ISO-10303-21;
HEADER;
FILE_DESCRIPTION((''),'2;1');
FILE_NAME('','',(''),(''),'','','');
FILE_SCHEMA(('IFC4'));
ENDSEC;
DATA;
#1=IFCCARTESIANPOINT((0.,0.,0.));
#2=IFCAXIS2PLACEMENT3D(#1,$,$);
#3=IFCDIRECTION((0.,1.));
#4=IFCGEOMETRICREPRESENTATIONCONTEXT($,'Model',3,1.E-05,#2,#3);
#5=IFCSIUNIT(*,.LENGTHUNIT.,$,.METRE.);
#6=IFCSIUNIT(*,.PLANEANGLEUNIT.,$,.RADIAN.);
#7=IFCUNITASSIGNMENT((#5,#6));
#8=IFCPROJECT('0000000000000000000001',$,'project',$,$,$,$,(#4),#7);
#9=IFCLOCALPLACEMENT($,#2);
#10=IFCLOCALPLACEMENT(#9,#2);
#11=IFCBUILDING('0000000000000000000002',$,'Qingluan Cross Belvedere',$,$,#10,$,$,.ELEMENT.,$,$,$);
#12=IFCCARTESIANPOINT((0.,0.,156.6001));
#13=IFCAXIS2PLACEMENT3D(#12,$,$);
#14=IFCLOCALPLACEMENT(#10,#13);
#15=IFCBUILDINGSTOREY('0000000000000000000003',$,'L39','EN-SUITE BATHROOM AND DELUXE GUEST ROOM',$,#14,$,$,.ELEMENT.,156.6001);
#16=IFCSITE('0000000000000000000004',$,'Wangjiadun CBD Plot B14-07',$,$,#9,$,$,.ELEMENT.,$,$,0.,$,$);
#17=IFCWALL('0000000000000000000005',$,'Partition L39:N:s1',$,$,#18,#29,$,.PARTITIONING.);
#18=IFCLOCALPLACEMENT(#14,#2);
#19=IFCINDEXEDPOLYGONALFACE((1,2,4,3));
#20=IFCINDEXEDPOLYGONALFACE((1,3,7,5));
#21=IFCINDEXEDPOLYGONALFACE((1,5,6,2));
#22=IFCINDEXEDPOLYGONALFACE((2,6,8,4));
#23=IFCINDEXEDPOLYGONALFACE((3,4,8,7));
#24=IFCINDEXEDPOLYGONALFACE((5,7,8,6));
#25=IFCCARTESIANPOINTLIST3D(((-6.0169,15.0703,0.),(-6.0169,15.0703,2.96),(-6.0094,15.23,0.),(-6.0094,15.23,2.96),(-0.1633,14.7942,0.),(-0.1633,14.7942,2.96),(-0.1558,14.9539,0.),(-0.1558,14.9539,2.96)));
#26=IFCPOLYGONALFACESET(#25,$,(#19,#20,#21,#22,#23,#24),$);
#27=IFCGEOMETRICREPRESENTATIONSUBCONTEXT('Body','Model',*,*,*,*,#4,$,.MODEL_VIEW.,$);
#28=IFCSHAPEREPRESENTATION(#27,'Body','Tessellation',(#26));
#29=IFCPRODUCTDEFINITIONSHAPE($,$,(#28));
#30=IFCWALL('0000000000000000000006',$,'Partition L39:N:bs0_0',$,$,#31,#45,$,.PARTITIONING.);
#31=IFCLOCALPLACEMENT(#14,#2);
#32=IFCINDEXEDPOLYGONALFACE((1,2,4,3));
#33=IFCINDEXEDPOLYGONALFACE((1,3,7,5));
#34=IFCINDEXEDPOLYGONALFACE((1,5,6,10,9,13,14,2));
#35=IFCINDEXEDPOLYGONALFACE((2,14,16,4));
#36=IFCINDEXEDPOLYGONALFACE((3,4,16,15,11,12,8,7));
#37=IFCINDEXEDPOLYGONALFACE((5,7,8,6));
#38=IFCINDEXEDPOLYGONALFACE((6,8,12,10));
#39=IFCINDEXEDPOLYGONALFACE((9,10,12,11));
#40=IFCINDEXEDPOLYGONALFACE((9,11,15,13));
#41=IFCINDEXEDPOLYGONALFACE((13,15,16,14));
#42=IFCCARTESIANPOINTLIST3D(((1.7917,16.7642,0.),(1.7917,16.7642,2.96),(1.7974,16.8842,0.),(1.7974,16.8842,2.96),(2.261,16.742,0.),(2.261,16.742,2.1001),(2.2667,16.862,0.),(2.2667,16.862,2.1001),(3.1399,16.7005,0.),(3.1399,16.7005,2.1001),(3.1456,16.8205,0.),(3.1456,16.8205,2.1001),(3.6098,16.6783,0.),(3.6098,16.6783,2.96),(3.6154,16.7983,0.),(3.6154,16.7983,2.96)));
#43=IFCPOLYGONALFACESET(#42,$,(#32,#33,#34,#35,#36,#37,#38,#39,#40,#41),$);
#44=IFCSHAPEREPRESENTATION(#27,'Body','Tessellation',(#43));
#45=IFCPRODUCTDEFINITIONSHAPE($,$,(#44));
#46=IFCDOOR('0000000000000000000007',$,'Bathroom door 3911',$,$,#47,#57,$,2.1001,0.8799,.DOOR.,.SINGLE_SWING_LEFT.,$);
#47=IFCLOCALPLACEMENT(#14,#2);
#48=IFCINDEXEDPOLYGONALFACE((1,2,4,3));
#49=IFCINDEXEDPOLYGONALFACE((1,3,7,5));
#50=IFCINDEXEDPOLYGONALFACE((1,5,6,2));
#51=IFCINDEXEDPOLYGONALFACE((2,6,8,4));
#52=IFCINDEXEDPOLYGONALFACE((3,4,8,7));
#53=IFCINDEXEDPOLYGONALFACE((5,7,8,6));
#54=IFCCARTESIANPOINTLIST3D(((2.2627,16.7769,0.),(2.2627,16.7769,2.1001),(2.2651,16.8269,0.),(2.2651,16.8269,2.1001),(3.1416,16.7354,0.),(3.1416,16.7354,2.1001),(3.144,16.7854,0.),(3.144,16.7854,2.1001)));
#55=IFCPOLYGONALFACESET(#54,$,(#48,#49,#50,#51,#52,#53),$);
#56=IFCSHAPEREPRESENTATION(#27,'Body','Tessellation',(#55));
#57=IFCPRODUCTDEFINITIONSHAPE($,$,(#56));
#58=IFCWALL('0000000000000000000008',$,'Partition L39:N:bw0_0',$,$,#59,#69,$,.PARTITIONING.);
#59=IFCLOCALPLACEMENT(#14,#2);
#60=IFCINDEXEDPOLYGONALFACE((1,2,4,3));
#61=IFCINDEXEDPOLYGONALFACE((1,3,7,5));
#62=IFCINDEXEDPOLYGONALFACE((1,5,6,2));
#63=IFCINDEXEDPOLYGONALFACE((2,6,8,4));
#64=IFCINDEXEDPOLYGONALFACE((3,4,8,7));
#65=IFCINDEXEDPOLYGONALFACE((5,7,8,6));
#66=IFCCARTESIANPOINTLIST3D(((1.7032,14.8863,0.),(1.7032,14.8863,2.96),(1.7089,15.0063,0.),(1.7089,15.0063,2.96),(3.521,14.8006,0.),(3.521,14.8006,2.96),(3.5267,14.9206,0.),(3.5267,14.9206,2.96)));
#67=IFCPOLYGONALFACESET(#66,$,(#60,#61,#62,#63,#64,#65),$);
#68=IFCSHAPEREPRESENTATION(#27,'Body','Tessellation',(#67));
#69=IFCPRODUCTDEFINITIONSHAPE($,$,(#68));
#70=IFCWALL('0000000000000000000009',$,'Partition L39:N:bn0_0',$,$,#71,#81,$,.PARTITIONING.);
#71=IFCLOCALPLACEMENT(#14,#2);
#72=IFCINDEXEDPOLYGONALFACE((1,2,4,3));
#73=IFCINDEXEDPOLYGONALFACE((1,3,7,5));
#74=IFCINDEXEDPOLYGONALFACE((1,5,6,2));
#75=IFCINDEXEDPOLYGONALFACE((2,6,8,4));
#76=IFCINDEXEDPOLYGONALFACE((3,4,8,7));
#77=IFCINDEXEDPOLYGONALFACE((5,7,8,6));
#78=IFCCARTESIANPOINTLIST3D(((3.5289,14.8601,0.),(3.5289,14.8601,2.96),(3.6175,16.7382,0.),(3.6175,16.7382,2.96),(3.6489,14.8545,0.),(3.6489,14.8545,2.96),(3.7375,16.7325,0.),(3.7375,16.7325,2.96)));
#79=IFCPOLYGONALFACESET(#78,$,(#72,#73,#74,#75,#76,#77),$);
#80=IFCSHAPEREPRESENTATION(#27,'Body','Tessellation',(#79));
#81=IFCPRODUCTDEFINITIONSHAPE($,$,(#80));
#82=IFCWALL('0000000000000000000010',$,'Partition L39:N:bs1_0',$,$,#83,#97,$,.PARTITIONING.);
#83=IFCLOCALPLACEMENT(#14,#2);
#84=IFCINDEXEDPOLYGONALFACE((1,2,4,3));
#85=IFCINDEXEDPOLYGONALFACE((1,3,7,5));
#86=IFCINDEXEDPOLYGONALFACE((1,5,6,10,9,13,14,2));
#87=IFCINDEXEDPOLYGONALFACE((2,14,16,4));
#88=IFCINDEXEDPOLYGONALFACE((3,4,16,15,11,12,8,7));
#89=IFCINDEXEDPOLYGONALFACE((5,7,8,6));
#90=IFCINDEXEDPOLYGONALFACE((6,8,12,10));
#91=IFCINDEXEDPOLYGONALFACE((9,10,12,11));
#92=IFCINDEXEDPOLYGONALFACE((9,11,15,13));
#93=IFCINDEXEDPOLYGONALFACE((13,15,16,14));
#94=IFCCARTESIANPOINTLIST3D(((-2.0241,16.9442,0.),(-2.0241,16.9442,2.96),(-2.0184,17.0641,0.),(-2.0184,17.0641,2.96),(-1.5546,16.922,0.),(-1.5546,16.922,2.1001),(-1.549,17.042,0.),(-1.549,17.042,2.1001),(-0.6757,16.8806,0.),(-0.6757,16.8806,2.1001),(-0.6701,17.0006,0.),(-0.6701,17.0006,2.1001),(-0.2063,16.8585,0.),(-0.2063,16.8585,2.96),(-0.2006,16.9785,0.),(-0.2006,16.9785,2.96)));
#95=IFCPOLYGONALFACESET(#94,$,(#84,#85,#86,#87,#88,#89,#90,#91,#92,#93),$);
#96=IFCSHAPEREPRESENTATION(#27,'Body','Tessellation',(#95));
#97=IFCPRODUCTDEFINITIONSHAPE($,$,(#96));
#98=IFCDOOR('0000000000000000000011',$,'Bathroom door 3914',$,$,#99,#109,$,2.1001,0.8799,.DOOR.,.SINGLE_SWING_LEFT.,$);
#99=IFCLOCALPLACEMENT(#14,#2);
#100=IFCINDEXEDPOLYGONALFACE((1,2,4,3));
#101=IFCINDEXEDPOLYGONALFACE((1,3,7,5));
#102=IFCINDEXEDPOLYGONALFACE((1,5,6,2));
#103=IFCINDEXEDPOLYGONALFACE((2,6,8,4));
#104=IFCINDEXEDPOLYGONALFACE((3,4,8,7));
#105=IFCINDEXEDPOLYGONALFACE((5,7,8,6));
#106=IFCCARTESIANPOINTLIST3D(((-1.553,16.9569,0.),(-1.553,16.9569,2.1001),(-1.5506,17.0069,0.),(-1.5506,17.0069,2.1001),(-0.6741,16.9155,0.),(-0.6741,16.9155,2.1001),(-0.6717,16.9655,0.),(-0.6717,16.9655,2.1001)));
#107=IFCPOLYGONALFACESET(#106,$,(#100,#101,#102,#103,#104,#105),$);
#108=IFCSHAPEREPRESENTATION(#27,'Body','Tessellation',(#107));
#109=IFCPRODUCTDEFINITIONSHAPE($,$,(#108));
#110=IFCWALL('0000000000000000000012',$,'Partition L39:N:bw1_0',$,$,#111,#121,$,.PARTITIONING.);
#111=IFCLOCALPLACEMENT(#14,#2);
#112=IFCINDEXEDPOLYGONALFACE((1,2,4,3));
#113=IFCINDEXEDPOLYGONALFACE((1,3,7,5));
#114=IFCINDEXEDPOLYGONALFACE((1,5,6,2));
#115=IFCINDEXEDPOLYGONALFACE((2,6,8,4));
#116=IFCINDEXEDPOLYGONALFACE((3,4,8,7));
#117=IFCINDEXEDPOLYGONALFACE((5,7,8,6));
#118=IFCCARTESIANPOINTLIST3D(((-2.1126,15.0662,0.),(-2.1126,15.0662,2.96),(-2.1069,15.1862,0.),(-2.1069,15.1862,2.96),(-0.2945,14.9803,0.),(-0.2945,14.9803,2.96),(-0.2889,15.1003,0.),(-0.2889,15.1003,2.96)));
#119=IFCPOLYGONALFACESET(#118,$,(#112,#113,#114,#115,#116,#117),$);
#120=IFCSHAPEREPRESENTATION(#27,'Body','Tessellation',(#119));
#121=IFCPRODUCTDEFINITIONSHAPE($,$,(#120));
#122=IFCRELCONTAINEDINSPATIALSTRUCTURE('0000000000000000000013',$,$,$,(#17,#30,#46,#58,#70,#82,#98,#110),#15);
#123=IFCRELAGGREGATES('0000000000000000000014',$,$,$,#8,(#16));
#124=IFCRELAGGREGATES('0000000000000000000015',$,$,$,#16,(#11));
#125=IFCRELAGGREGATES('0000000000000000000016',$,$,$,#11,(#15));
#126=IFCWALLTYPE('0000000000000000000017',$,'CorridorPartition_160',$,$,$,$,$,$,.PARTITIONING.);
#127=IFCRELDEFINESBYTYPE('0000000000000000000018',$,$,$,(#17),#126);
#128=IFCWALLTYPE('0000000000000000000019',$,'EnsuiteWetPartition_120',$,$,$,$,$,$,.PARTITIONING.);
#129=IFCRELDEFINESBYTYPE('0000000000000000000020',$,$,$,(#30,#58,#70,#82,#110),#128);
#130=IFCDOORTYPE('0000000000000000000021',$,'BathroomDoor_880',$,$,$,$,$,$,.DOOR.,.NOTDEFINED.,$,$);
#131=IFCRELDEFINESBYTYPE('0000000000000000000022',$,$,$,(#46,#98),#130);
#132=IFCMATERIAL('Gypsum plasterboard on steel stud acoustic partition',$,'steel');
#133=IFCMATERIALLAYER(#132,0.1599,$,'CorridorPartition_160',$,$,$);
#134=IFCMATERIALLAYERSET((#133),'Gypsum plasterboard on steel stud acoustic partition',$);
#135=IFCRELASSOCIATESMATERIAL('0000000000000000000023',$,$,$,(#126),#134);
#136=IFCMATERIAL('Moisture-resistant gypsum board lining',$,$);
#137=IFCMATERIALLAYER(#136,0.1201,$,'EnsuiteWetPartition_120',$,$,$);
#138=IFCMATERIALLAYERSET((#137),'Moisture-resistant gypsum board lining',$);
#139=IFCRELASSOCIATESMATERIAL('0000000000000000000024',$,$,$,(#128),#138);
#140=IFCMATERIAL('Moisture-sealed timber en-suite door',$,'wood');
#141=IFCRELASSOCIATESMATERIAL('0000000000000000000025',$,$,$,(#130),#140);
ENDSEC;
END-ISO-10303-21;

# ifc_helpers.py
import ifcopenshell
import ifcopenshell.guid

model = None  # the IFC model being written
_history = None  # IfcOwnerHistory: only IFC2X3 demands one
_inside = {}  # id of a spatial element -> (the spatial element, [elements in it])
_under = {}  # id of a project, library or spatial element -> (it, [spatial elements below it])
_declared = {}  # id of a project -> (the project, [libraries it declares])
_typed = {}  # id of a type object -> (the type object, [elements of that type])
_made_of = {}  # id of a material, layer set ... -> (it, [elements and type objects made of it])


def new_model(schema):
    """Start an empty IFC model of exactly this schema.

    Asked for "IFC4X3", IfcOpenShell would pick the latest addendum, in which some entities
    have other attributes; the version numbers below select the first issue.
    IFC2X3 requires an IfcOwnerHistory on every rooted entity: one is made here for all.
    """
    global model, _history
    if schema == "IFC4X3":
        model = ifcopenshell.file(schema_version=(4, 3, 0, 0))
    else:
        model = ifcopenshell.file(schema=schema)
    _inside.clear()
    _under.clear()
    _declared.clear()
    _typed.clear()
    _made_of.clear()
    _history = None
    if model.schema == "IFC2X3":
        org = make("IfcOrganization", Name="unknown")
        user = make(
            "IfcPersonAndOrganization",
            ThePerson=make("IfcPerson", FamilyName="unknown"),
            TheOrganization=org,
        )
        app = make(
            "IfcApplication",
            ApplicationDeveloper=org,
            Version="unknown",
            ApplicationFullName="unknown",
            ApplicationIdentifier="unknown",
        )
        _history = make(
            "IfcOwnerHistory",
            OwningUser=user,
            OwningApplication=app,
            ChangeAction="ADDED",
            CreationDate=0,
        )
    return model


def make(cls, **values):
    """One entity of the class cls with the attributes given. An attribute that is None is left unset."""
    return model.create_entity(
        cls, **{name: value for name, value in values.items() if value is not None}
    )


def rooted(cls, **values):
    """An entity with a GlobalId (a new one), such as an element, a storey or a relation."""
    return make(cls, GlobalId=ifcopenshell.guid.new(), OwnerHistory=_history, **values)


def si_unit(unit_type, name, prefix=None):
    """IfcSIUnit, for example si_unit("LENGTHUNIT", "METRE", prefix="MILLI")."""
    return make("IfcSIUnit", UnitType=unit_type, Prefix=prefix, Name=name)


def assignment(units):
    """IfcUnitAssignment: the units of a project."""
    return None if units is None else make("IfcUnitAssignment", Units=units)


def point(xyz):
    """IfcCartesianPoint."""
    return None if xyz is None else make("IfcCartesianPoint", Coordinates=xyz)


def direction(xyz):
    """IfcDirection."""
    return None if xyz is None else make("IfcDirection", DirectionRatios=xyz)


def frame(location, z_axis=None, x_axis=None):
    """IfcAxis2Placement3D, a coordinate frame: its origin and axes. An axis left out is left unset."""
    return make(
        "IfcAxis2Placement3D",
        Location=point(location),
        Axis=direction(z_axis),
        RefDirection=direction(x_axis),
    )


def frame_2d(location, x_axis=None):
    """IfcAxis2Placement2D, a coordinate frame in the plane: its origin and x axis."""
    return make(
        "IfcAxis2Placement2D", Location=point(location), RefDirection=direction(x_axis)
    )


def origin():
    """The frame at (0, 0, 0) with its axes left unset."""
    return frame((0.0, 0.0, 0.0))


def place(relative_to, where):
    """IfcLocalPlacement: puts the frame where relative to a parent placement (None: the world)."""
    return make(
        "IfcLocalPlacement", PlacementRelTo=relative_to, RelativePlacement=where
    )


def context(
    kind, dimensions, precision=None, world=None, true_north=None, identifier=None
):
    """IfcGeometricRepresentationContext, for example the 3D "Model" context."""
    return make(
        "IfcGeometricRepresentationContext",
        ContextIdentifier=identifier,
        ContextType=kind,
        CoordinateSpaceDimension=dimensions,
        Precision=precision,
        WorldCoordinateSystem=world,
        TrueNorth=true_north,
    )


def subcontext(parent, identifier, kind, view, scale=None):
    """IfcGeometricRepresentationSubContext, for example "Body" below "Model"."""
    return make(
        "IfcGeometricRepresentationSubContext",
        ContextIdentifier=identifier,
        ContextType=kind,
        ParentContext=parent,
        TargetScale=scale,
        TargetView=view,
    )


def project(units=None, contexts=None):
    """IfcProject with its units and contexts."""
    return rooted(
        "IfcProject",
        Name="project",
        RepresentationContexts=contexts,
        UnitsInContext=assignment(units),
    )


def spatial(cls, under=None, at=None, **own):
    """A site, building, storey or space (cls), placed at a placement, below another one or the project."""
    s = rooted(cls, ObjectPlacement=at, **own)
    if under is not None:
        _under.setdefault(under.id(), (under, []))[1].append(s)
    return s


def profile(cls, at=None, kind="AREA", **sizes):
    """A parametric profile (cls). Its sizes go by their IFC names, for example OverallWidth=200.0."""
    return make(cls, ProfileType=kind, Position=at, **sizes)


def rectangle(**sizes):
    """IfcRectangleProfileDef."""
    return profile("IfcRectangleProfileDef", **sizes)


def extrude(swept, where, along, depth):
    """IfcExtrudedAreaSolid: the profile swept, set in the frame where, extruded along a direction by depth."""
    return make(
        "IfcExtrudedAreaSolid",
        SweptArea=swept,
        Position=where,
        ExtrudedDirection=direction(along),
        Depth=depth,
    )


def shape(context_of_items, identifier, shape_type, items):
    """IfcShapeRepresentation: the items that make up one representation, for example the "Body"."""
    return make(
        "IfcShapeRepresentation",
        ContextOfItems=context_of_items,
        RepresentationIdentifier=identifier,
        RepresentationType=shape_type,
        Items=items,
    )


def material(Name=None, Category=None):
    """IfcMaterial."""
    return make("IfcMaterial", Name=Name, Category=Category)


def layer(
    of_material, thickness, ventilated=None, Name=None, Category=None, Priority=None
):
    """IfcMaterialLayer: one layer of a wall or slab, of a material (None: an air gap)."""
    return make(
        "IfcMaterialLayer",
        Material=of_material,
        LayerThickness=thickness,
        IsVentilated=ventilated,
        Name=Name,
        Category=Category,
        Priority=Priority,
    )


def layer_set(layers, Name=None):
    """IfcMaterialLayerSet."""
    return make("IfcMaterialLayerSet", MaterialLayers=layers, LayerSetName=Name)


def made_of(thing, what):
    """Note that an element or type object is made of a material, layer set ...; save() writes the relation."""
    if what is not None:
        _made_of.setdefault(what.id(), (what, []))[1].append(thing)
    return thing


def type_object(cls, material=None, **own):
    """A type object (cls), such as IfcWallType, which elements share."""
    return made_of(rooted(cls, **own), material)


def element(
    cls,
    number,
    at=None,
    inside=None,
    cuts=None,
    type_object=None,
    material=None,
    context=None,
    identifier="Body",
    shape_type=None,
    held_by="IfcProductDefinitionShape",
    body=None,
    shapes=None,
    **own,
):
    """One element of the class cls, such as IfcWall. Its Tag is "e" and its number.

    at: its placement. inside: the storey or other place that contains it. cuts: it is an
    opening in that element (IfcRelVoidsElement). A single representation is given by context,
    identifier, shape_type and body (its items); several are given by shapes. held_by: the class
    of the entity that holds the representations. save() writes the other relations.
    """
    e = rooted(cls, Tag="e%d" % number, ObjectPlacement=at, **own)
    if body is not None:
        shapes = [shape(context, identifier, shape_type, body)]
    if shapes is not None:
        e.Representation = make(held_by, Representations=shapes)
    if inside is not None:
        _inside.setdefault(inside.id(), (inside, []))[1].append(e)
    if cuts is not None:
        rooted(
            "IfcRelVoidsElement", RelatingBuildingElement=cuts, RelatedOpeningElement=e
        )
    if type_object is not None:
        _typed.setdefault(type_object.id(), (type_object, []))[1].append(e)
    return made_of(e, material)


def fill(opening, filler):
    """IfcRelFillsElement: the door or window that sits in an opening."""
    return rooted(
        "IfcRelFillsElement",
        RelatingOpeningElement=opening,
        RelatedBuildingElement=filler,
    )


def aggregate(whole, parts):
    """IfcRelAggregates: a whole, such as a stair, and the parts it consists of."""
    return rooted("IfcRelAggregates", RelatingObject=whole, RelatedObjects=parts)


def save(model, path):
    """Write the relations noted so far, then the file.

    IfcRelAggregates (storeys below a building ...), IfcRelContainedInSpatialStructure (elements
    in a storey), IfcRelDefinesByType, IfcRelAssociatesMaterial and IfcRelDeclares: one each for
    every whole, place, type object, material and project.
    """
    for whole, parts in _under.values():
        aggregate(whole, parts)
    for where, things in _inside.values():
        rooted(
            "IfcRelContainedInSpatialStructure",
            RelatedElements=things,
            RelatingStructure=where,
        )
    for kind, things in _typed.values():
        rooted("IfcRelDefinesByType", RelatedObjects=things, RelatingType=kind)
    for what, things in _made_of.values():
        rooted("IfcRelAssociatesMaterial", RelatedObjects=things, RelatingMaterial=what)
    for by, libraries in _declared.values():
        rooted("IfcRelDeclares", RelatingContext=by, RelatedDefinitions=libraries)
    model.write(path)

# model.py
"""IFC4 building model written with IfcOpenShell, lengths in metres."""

from ifc_helpers import new_model, si_unit, direction, frame, frame_2d, origin, place, context, subcontext, project, spatial, rectangle, extrude, material, layer, layer_set, type_object, element, fill, save


model = new_model("IFC4")

# Units and contexts
model_context = context("Model", 3, precision=1e-05, world=origin(), true_north=direction((0.0, 1.0)))
body_context = subcontext(model_context, "Body", "Model", "MODEL_VIEW")
ifc_project = project(units=[si_unit("LENGTHUNIT", "METRE"), si_unit("PLANEANGLEUNIT", "RADIAN")], contexts=[model_context])

# Site, building, storey
site_placement = place(None, origin())
site = spatial("IfcSite", under=ifc_project, at=site_placement, Name="Wangjiadun CBD Plot B14-07", CompositionType="ELEMENT", RefElevation=0.0)
building_placement = place(site_placement, origin())
building = spatial("IfcBuilding", under=site, at=building_placement, Name="Qingluan Cross Belvedere", CompositionType="ELEMENT")
storey_placement = place(building_placement, frame((0.0, 0.0, 156.6001)))
storey = spatial("IfcBuildingStorey", under=building, at=storey_placement, Name="L39", Description="EN-SUITE BATHROOM AND DELUXE GUEST ROOM", CompositionType="ELEMENT", Elevation=156.6001)

# Shared definitions
ifc_material_1 = material(Name="Gypsum plasterboard on steel stud acoustic partition", Category="steel")
ifc_layer_1 = layer(ifc_material_1, 0.1599, Name="CorridorPartition_160")
ifc_layer_set_1 = layer_set([ifc_layer_1], Name="Gypsum plasterboard on steel stud acoustic partition")
wall_type_1 = type_object("IfcWallType", Name="CorridorPartition_160", PredefinedType="PARTITIONING", material=ifc_layer_set_1)

# Wall
wall_1_placement = place(storey_placement, frame((-0.1594, 14.874, 0.0), z_axis=(0.0, 0.0, 1.0), x_axis=(-0.998889, 0.04712, 0.0)))
element("IfcWall", 1, at=wall_1_placement, inside=storey, type_object=wall_type_1, Name="Partition L39:N:s1", PredefinedType="PARTITIONING", context=body_context, shape_type="SweptSolid", body=[
    extrude(rectangle(XDim=5.8601, YDim=0.1599, at=frame_2d((2.9302, 0.0))), origin(), (0.0, 0.0, 1.0), 2.96),
])

# Wall, opening, door
ifc_material_2 = material(Name="Moisture-resistant gypsum board lining")
ifc_layer_2 = layer(ifc_material_2, 0.1201, Name="EnsuiteWetPartition_120")
ifc_layer_set_2 = layer_set([ifc_layer_2], Name="Moisture-resistant gypsum board lining")
wall_type_2 = type_object("IfcWallType", Name="EnsuiteWetPartition_120", PredefinedType="PARTITIONING", material=ifc_layer_set_2)
wall_2_placement = place(storey_placement, frame((1.7944, 16.8242, 0.0), z_axis=(0.0, 0.0, 1.0), x_axis=(0.998885, -0.047215, 0.0)))
wall_2 = element("IfcWall", 2, at=wall_2_placement, inside=storey, type_object=wall_type_2, Name="Partition L39:N:bs0_0", PredefinedType="PARTITIONING", context=body_context, shape_type="SweptSolid", body=[
    extrude(rectangle(XDim=1.8201, YDim=0.1201, at=frame_2d((0.9102, 0.0))), origin(), (0.0, 0.0, 1.0), 2.96),
])
opening_1_placement = place(wall_2_placement, frame((0.47, 0.0, 0.0)))
opening_1 = element("IfcOpeningElement", 3, at=opening_1_placement, cuts=wall_2, PredefinedType="OPENING", context=body_context, shape_type="SweptSolid", body=[
    extrude(rectangle(XDim=0.8799, YDim=2.1001, at=frame_2d((0.4399, 1.05))), frame((0.0, 0.0701, 0.0), z_axis=(0.0, -1.0, 0.0), x_axis=(1.0, 0.0, 0.0)), (0.0, 0.0, 1.0), 0.1401),
])
ifc_material_3 = material(Name="Moisture-sealed timber en-suite door", Category="wood")
door_type_1 = type_object("IfcDoorType", Name="BathroomDoor_880", OperationType="NOTDEFINED", PredefinedType="DOOR", material=ifc_material_3)
door_1_placement = place(opening_1_placement, origin())
door_1 = element("IfcDoor", 4, at=door_1_placement, inside=storey, type_object=door_type_1, Name="Bathroom door 3911", OperationType="SINGLE_SWING_LEFT", OverallHeight=2.1001, OverallWidth=0.8799, PredefinedType="DOOR", context=body_context, shape_type="SweptSolid", body=[
    extrude(rectangle(XDim=0.8799, YDim=2.1001, at=frame_2d((0.4399, 1.05))), frame((0.0, 0.0249, 0.0), z_axis=(0.0, -1.0, 0.0), x_axis=(1.0, 0.0, 0.0)), (0.0, 0.0, 1.0), 0.05),
])
fill(opening_1, door_1)

# Walls
wall_3_placement = place(storey_placement, frame((1.7061, 14.9463, 0.0), z_axis=(0.0, 0.0, 1.0), x_axis=(0.998891, -0.047087, 0.0)))
element("IfcWall", 5, at=wall_3_placement, inside=storey, type_object=wall_type_2, Name="Partition L39:N:bw0_0", PredefinedType="PARTITIONING", context=body_context, shape_type="SweptSolid", body=[
    extrude(rectangle(XDim=1.8198, YDim=0.1201, at=frame_2d((0.9099, 0.0))), origin(), (0.0, 0.0, 1.0), 2.96),
])
wall_4_placement = place(storey_placement, frame((3.5889, 14.8574, 0.0), z_axis=(0.0, 0.0, 1.0), x_axis=(0.047139, 0.998888, 0.0)))
element("IfcWall", 6, at=wall_4_placement, inside=storey, type_object=wall_type_2, Name="Partition L39:N:bn0_0", PredefinedType="PARTITIONING", context=body_context, shape_type="SweptSolid", body=[
    extrude(rectangle(XDim=1.8801, YDim=0.1201, at=frame_2d((0.9399, 0.0))), origin(), (0.0, 0.0, 1.0), 2.96),
])

# Wall, opening, door
wall_5_placement = place(storey_placement, frame((-2.0212, 17.0042, 0.0), z_axis=(0.0, 0.0, 1.0), x_axis=(0.998891, -0.047087, 0.0)))
wall_5 = element("IfcWall", 7, at=wall_5_placement, inside=storey, type_object=wall_type_2, Name="Partition L39:N:bs1_0", PredefinedType="PARTITIONING", context=body_context, shape_type="SweptSolid", body=[
    extrude(rectangle(XDim=1.8198, YDim=0.1201, at=frame_2d((0.9099, 0.0))), origin(), (0.0, 0.0, 1.0), 2.96),
])
opening_2_placement = place(wall_5_placement, frame((0.47, 0.0, 0.0)))
opening_2 = element("IfcOpeningElement", 8, at=opening_2_placement, cuts=wall_5, PredefinedType="OPENING", context=body_context, shape_type="SweptSolid", body=[
    extrude(rectangle(XDim=0.8799, YDim=2.1001, at=frame_2d((0.4399, 1.05))), frame((0.0, 0.0701, 0.0), z_axis=(0.0, -1.0, 0.0), x_axis=(1.0, 0.0, 0.0)), (0.0, 0.0, 1.0), 0.1401),
])
door_2_placement = place(opening_2_placement, origin())
door_2 = element("IfcDoor", 9, at=door_2_placement, inside=storey, type_object=door_type_1, Name="Bathroom door 3914", OperationType="SINGLE_SWING_LEFT", OverallHeight=2.1001, OverallWidth=0.8799, PredefinedType="DOOR", context=body_context, shape_type="SweptSolid", body=[
    extrude(rectangle(XDim=0.8799, YDim=2.1001, at=frame_2d((0.4399, 1.05))), frame((0.0, 0.0249, 0.0), z_axis=(0.0, -1.0, 0.0), x_axis=(1.0, 0.0, 0.0)), (0.0, 0.0, 1.0), 0.05),
])
fill(opening_2, door_2)

# Wall
wall_6_placement = place(storey_placement, frame((-2.1099, 15.1262, 0.0), z_axis=(0.0, 0.0, 1.0), x_axis=(0.998885, -0.047215, 0.0)))
element("IfcWall", 10, at=wall_6_placement, inside=storey, type_object=wall_type_2, Name="Partition L39:N:bw1_0", PredefinedType="PARTITIONING", context=body_context, shape_type="SweptSolid", body=[
    extrude(rectangle(XDim=1.8201, YDim=0.1201, at=frame_2d((0.9102, 0.0))), origin(), (0.0, 0.0, 1.0), 2.96),
])

save(model, "model.ifc")
